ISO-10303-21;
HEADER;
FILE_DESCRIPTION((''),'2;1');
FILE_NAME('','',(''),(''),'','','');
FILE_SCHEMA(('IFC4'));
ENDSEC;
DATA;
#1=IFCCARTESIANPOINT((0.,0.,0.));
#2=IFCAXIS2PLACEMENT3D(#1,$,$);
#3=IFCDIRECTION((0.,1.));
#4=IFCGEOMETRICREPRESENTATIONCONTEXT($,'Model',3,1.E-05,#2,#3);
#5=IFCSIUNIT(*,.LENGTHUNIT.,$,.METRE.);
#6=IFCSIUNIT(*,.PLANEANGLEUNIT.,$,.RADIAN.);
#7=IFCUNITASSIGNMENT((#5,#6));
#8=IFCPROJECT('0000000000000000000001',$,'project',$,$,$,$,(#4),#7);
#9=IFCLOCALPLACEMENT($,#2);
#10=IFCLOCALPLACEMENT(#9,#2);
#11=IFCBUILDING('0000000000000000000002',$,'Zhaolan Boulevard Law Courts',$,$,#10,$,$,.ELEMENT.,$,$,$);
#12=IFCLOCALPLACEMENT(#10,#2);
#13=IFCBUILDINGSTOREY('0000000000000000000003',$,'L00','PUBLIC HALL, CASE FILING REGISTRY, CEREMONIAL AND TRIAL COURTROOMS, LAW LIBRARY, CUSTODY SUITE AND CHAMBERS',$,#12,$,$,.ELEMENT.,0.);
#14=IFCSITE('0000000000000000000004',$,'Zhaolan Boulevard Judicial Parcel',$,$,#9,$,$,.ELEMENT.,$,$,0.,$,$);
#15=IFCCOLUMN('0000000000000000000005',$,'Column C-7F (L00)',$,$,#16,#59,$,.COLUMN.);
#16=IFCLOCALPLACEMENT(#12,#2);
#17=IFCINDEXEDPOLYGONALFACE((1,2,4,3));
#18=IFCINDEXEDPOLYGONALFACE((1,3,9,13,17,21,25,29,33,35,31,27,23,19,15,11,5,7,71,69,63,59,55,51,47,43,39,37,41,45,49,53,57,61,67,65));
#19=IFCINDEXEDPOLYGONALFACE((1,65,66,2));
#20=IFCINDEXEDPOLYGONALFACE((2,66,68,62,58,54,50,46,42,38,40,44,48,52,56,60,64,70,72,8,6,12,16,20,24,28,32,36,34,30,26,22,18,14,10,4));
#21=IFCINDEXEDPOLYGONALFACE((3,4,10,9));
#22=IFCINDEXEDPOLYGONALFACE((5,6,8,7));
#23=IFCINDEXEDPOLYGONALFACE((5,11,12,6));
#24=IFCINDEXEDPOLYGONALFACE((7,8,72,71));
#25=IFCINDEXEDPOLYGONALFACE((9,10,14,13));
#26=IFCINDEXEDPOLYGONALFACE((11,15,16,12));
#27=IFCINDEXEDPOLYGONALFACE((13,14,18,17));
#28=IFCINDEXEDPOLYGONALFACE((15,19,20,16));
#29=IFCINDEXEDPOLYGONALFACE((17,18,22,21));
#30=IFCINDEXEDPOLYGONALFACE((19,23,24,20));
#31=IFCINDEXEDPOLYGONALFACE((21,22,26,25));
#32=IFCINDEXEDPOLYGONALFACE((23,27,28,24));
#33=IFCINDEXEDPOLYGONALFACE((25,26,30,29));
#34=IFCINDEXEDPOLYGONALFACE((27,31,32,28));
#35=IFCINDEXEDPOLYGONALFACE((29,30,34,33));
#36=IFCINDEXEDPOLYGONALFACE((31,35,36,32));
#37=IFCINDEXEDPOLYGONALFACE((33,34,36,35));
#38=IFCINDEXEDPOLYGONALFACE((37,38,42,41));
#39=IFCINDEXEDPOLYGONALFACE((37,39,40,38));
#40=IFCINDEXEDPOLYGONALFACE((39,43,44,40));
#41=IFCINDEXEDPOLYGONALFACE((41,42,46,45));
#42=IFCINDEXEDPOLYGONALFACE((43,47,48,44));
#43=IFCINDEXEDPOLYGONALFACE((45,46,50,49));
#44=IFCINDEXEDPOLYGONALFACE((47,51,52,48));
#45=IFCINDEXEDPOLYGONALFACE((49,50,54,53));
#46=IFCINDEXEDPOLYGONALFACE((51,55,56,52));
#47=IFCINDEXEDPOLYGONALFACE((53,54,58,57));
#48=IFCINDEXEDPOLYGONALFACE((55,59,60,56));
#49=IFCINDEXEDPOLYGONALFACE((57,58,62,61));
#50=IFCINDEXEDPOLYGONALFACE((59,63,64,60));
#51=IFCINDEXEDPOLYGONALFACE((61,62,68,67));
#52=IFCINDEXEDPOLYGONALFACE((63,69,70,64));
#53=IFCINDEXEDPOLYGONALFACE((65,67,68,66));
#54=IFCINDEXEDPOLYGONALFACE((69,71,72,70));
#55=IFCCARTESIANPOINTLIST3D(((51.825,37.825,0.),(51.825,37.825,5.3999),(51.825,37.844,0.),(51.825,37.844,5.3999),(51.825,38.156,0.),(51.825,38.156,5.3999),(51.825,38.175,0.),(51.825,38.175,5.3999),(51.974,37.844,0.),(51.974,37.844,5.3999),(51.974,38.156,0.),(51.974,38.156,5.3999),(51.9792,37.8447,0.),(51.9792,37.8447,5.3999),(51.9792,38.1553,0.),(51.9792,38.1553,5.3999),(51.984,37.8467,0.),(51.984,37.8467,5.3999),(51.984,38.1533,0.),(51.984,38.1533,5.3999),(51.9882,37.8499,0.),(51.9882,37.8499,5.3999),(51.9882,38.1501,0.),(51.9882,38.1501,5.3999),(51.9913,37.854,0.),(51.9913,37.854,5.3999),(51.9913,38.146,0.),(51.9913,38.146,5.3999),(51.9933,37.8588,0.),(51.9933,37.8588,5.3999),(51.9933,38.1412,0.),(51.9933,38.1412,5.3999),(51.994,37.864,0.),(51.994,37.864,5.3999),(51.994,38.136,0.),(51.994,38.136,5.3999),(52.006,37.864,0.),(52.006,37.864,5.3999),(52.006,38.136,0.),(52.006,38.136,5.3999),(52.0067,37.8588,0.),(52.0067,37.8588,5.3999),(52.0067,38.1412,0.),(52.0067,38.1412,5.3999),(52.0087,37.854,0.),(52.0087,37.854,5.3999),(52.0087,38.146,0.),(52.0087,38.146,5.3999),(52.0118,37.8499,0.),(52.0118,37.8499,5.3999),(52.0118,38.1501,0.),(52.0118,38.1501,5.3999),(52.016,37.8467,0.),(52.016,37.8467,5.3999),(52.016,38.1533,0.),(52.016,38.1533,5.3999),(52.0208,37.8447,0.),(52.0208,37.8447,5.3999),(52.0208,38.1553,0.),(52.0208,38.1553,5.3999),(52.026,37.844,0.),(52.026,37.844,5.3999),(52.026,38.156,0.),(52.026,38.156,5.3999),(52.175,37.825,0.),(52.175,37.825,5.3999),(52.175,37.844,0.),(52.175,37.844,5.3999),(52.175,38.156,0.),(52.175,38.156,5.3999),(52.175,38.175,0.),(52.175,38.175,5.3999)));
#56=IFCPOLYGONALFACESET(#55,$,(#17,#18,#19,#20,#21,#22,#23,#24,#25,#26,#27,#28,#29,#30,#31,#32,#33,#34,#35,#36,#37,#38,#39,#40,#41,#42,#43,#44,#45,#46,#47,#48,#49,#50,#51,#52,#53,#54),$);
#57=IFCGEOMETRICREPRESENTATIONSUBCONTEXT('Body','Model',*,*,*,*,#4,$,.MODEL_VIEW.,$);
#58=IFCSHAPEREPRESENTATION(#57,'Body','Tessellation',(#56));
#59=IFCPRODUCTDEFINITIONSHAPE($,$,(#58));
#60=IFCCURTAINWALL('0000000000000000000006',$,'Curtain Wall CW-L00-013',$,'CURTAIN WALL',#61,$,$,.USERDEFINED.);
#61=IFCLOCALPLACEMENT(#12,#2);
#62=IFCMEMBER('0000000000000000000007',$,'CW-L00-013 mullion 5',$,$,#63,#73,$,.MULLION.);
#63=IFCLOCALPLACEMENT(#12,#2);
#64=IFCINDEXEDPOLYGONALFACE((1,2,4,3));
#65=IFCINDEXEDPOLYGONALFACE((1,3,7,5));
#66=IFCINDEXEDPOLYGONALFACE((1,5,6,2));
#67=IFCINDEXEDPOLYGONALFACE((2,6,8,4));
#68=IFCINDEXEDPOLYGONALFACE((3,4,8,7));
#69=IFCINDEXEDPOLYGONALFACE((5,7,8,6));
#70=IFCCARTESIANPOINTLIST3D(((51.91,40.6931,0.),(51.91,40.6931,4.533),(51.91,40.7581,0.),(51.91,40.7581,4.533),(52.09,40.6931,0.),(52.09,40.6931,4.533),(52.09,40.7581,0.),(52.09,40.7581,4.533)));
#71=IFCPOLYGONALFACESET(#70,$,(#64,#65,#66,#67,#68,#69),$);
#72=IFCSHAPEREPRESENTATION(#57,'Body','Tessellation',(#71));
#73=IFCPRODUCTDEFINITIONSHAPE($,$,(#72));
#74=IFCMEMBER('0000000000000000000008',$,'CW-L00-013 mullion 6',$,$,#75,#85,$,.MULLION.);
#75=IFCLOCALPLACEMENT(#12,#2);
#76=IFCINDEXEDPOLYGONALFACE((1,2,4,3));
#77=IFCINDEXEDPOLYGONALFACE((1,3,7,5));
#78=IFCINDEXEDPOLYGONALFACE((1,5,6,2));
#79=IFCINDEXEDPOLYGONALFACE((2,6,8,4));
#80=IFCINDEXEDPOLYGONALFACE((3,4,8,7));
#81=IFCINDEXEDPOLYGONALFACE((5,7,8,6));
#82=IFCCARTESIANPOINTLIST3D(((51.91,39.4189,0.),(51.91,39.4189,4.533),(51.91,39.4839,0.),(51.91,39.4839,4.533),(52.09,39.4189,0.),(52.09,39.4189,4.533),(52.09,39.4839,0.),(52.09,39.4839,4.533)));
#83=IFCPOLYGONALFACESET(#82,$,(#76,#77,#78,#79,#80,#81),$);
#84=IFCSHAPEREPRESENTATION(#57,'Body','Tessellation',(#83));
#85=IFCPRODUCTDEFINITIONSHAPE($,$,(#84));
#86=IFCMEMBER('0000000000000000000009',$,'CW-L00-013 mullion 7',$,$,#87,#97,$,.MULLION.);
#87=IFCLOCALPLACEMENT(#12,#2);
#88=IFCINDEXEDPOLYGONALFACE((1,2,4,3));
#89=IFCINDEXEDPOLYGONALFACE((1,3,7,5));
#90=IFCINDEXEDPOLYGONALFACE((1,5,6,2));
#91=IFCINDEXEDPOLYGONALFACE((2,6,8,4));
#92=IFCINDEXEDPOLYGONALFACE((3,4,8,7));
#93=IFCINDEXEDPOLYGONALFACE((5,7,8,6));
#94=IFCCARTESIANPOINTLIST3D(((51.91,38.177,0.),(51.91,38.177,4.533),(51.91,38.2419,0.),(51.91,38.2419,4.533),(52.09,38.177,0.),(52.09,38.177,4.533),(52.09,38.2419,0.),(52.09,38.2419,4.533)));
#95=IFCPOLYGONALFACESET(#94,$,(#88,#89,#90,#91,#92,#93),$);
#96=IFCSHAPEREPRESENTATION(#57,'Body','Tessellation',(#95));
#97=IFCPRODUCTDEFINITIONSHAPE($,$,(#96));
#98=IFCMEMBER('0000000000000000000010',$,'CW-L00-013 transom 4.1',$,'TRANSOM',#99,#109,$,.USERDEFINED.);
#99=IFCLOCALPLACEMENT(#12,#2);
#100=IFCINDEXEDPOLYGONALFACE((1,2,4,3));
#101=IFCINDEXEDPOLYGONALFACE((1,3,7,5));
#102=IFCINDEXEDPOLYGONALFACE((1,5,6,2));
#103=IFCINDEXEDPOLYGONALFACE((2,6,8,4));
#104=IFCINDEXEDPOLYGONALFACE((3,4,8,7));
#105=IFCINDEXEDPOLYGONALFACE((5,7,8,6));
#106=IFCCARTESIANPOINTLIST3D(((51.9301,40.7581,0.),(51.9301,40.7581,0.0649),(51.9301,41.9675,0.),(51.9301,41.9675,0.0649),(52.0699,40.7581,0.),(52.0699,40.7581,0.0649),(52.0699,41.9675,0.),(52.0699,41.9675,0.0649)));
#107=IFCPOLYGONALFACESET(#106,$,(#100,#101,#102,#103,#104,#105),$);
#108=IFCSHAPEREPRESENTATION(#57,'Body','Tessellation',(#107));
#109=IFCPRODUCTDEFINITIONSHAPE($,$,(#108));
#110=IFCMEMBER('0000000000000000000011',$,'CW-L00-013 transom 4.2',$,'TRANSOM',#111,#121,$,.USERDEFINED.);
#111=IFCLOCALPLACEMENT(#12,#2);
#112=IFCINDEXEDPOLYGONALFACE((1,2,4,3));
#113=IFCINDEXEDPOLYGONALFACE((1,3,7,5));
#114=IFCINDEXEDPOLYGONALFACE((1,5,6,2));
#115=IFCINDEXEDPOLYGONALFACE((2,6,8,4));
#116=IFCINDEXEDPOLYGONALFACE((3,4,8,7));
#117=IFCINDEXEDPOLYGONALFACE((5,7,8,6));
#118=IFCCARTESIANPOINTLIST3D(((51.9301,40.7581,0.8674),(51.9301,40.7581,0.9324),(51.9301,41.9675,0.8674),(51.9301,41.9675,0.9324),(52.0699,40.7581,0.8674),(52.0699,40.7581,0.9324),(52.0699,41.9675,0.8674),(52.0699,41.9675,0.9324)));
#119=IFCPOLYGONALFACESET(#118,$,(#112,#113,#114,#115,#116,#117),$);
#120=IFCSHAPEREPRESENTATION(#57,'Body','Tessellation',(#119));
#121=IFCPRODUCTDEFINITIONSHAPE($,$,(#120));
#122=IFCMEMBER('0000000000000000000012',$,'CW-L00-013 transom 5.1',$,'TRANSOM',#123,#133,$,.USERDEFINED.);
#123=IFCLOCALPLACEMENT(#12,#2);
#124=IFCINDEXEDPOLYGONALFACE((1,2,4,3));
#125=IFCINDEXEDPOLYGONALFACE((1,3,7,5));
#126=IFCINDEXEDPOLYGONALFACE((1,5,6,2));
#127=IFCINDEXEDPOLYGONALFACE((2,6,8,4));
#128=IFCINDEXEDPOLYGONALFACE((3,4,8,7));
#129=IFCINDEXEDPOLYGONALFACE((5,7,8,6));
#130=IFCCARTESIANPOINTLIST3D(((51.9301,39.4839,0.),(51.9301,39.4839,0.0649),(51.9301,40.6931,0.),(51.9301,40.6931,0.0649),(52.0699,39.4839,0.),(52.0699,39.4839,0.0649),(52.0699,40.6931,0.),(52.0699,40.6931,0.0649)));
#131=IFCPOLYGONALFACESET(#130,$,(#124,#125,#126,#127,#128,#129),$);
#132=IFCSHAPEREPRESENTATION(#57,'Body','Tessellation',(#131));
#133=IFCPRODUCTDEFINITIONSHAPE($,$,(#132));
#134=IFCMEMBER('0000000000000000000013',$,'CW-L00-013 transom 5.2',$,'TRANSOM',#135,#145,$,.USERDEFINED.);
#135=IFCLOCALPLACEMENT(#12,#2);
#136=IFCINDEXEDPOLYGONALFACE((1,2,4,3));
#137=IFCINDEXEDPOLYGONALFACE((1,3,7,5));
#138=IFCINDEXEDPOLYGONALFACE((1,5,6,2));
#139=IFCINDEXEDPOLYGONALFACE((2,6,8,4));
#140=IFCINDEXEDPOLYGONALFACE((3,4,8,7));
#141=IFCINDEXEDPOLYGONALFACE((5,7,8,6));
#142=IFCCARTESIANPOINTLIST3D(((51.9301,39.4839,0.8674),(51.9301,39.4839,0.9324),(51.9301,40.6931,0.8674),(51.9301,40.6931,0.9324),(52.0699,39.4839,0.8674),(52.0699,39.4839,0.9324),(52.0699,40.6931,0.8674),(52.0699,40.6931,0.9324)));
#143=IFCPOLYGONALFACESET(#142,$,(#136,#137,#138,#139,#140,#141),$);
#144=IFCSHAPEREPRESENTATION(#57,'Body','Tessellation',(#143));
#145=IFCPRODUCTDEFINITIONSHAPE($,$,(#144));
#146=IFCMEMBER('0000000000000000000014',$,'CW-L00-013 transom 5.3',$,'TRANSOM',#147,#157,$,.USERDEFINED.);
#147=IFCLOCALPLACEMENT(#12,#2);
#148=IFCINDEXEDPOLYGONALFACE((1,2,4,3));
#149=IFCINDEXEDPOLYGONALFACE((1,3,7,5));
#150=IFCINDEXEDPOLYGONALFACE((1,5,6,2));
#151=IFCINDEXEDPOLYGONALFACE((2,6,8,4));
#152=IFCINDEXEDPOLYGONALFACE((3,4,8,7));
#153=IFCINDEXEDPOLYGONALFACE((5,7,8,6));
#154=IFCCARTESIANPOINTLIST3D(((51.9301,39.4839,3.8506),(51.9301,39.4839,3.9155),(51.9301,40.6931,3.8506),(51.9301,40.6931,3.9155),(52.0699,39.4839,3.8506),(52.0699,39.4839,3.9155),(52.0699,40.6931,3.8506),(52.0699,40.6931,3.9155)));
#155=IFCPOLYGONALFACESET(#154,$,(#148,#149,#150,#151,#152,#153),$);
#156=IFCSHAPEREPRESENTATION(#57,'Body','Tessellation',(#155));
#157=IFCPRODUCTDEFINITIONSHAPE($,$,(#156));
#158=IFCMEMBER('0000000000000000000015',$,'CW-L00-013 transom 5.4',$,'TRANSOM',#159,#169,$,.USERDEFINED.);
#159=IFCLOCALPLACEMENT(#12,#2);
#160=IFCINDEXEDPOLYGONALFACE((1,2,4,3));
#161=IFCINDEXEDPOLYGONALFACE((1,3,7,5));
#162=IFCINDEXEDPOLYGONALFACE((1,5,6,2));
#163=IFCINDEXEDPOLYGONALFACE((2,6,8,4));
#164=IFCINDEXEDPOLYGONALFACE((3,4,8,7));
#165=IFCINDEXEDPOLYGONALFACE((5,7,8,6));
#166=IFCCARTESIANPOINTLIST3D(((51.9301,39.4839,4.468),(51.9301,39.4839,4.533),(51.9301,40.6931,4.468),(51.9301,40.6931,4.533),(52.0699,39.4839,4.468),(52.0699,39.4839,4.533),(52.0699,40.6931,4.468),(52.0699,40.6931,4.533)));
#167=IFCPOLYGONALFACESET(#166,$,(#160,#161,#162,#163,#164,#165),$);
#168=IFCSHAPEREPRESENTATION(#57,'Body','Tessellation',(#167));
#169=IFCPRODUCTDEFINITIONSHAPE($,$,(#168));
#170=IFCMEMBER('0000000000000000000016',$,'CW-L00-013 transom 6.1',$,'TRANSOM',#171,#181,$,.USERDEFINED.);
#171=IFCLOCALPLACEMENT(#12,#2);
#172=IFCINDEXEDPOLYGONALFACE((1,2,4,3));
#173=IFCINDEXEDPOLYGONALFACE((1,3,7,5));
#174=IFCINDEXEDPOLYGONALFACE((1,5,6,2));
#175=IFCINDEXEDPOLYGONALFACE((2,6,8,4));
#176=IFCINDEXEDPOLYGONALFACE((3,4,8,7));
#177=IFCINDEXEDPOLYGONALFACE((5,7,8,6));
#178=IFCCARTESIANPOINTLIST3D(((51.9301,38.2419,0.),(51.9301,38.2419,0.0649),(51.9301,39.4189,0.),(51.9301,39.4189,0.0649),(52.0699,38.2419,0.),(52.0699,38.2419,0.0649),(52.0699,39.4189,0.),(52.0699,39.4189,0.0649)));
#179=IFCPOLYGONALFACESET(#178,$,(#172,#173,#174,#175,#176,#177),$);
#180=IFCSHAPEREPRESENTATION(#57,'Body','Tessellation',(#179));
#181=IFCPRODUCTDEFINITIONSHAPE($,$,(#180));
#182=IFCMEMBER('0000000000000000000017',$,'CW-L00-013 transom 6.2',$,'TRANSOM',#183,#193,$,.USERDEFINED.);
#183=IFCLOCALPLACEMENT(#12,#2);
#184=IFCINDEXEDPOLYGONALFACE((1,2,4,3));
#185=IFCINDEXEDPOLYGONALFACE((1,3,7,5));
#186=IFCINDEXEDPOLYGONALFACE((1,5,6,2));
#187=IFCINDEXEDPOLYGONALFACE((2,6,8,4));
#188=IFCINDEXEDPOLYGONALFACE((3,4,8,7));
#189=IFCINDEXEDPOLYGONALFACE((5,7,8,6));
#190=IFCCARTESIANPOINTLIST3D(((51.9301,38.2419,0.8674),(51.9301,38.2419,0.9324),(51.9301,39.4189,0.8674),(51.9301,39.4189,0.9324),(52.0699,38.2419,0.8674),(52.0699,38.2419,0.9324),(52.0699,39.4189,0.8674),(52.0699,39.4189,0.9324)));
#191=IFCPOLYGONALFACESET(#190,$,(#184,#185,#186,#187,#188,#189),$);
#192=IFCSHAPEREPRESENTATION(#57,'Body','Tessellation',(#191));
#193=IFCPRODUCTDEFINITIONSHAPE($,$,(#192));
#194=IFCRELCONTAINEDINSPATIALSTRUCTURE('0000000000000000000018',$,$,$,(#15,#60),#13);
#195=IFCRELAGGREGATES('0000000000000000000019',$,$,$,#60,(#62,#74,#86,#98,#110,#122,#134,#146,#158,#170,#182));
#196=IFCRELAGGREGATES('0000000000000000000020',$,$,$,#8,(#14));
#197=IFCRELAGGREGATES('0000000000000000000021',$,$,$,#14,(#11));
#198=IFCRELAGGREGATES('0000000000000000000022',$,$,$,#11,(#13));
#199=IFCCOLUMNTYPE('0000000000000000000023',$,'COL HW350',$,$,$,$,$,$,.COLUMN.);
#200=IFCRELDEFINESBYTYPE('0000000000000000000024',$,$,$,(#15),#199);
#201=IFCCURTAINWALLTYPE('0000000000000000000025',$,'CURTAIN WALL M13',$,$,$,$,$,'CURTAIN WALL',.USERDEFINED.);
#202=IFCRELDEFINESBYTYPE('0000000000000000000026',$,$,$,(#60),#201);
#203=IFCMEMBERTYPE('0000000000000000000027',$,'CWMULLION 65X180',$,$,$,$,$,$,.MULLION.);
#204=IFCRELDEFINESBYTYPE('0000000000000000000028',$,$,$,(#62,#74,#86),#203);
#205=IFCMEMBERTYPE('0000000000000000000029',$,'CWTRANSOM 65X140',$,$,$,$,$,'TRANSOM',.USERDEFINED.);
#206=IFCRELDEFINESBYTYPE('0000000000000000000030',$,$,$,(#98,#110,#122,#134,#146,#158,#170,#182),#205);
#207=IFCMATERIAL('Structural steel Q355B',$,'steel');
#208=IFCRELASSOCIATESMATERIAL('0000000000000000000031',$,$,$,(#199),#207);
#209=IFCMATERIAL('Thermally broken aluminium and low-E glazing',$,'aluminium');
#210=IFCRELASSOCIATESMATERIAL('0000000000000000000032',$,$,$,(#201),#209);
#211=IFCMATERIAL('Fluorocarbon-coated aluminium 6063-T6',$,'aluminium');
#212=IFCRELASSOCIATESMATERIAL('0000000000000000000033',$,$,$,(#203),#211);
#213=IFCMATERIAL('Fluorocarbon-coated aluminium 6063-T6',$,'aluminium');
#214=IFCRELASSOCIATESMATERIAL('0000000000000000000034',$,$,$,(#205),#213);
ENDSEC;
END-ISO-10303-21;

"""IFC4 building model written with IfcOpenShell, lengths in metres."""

from ifc_helpers import new_model, si_unit, direction, frame, origin, origin_2d, place, context, subcontext, project, spatial, rectangle, i_section, extrude, material, material_profile, profile_set, type_object, element, aggregate, save


model = new_model("IFC4")

# Units and contexts
model_context = context("Model", 3, precision=1e-05, world=origin(), true_north=direction((0.0, 1.0)))
body_context = subcontext(model_context, "Body", "Model", "MODEL_VIEW")
ifc_project = project(units=[si_unit("LENGTHUNIT", "METRE"), si_unit("PLANEANGLEUNIT", "RADIAN")], contexts=[model_context])

# Site, building, storey
site_placement = place(None, origin())
site = spatial("IfcSite", under=ifc_project, at=site_placement, Name="Zhaolan Boulevard Judicial Parcel", CompositionType="ELEMENT", RefElevation=0.0)
building_placement = place(site_placement, origin())
building = spatial("IfcBuilding", under=site, at=building_placement, Name="Zhaolan Boulevard Law Courts", CompositionType="ELEMENT")
storey_placement = place(building_placement, origin())
storey = spatial("IfcBuildingStorey", under=building, at=storey_placement, Name="L00", Description="PUBLIC HALL, CASE FILING REGISTRY, CEREMONIAL AND TRIAL COURTROOMS, LAW LIBRARY, CUSTODY SUITE AND CHAMBERS", CompositionType="ELEMENT", Elevation=0.0)

# Column
ifc_material_1 = material(Name="Structural steel Q355B", Category="steel")
ifc_material_profile_1 = material_profile(ifc_material_1, i_section(OverallWidth=0.3501, OverallDepth=0.3501, WebThickness=0.012, FlangeThickness=0.019, FilletRadius=0.02, at=origin_2d()), Name="HW350x350")
ifc_profile_set_1 = profile_set([ifc_material_profile_1], Name="Structural steel Q355B")
column_type = type_object("IfcColumnType", Name="COL HW350", PredefinedType="COLUMN", material=ifc_profile_set_1)
column_placement = place(storey_placement, frame((52.0, 38.0, 0.0), z_axis=(0.0, 0.0, 1.0), x_axis=(1.0, 0.0, 0.0)))
element("IfcColumn", 1, at=column_placement, inside=storey, type_object=column_type, Name="Column C-7F (L00)", PredefinedType="COLUMN", context=body_context, shape_type="SweptSolid", body=[
    extrude(i_section(OverallWidth=0.3501, OverallDepth=0.3501, WebThickness=0.012, FlangeThickness=0.019, FilletRadius=0.02, at=origin_2d()), origin(), (0.0, 0.0, 1.0), 5.3999),
])

# Curtain wall, members
ifc_material_2 = material(Name="Thermally broken aluminium and low-E glazing", Category="aluminium")
curtain_wall_type = type_object("IfcCurtainWallType", Name="CURTAIN WALL M13", ElementType="CURTAIN WALL", PredefinedType="USERDEFINED", material=ifc_material_2)
curtain_wall_placement = place(storey_placement, origin())
curtain_wall = element("IfcCurtainWall", 2, at=curtain_wall_placement, inside=storey, type_object=curtain_wall_type, Name="Curtain Wall CW-L00-013", ObjectType="CURTAIN WALL", PredefinedType="USERDEFINED")
ifc_material_3 = material(Name="Fluorocarbon-coated aluminium 6063-T6", Category="aluminium")
ifc_material_profile_2 = material_profile(ifc_material_3, rectangle(XDim=0.1799, YDim=0.0649, at=origin_2d()), Name="AL65x180")
ifc_profile_set_2 = profile_set([ifc_material_profile_2], Name="Fluorocarbon-coated aluminium 6063-T6")
member_type_1 = type_object("IfcMemberType", Name="CWMULLION 65X180", PredefinedType="MULLION", material=ifc_profile_set_2)
member_1_placement = place(storey_placement, frame((52.0, 40.7256, 0.0), z_axis=(0.0, 0.0, 1.0), x_axis=(1.0, 0.0, 0.0)))
member_1 = element("IfcMember", 3, at=member_1_placement, type_object=member_type_1, Name="CW-L00-013 mullion 5", PredefinedType="MULLION", context=body_context, shape_type="SweptSolid", body=[
    extrude(rectangle(XDim=0.1799, YDim=0.0649, at=origin_2d()), origin(), (0.0, 0.0, 1.0), 4.533),
])
member_2_placement = place(storey_placement, frame((52.0, 39.4514, 0.0), z_axis=(0.0, 0.0, 1.0), x_axis=(1.0, 0.0, 0.0)))
member_2 = element("IfcMember", 4, at=member_2_placement, type_object=member_type_1, Name="CW-L00-013 mullion 6", PredefinedType="MULLION", context=body_context, shape_type="SweptSolid", body=[
    extrude(rectangle(XDim=0.1799, YDim=0.0649, at=origin_2d()), origin(), (0.0, 0.0, 1.0), 4.533),
])
member_3_placement = place(storey_placement, frame((52.0, 38.2095, 0.0), z_axis=(0.0, 0.0, 1.0), x_axis=(1.0, 0.0, 0.0)))
member_3 = element("IfcMember", 5, at=member_3_placement, type_object=member_type_1, Name="CW-L00-013 mullion 7", PredefinedType="MULLION", context=body_context, shape_type="SweptSolid", body=[
    extrude(rectangle(XDim=0.1799, YDim=0.0649, at=origin_2d()), origin(), (0.0, 0.0, 1.0), 4.533),
])
ifc_material_4 = material(Name="Fluorocarbon-coated aluminium 6063-T6", Category="aluminium")
ifc_material_profile_3 = material_profile(ifc_material_4, rectangle(XDim=0.1399, YDim=0.0649, at=origin_2d()), Name="AL65x140")
ifc_profile_set_3 = profile_set([ifc_material_profile_3], Name="Fluorocarbon-coated aluminium 6063-T6")
member_type_2 = type_object("IfcMemberType", Name="CWTRANSOM 65X140", ElementType="TRANSOM", PredefinedType="USERDEFINED", material=ifc_profile_set_3)
member_4_placement = place(storey_placement, frame((52.0, 41.9675, 0.0325), z_axis=(0.0, -1.0, 0.0), x_axis=(1.0, 0.0, 0.0)))
member_4 = element("IfcMember", 6, at=member_4_placement, type_object=member_type_2, Name="CW-L00-013 transom 4.1", ObjectType="TRANSOM", PredefinedType="USERDEFINED", context=body_context, shape_type="SweptSolid", body=[
    extrude(rectangle(XDim=0.1399, YDim=0.0649, at=origin_2d()), origin(), (0.0, 0.0, 1.0), 1.2095),
])
member_5_placement = place(storey_placement, frame((52.0, 41.9675, 0.8999), z_axis=(0.0, -1.0, 0.0), x_axis=(1.0, 0.0, 0.0)))
member_5 = element("IfcMember", 7, at=member_5_placement, type_object=member_type_2, Name="CW-L00-013 transom 4.2", ObjectType="TRANSOM", PredefinedType="USERDEFINED", context=body_context, shape_type="SweptSolid", body=[
    extrude(rectangle(XDim=0.1399, YDim=0.0649, at=origin_2d()), origin(), (0.0, 0.0, 1.0), 1.2095),
])
member_6_placement = place(storey_placement, frame((52.0, 40.6931, 0.0325), z_axis=(0.0, -1.0, 0.0), x_axis=(1.0, 0.0, 0.0)))
member_6 = element("IfcMember", 8, at=member_6_placement, type_object=member_type_2, Name="CW-L00-013 transom 5.1", ObjectType="TRANSOM", PredefinedType="USERDEFINED", context=body_context, shape_type="SweptSolid", body=[
    extrude(rectangle(XDim=0.1399, YDim=0.0649, at=origin_2d()), origin(), (0.0, 0.0, 1.0), 1.2092),
])
member_7_placement = place(storey_placement, frame((52.0, 40.6931, 0.8999), z_axis=(0.0, -1.0, 0.0), x_axis=(1.0, 0.0, 0.0)))
member_7 = element("IfcMember", 9, at=member_7_placement, type_object=member_type_2, Name="CW-L00-013 transom 5.2", ObjectType="TRANSOM", PredefinedType="USERDEFINED", context=body_context, shape_type="SweptSolid", body=[
    extrude(rectangle(XDim=0.1399, YDim=0.0649, at=origin_2d()), origin(), (0.0, 0.0, 1.0), 1.2092),
])
member_8_placement = place(storey_placement, frame((52.0, 40.6931, 3.8831), z_axis=(0.0, -1.0, 0.0), x_axis=(1.0, 0.0, 0.0)))
member_8 = element("IfcMember", 10, at=member_8_placement, type_object=member_type_2, Name="CW-L00-013 transom 5.3", ObjectType="TRANSOM", PredefinedType="USERDEFINED", context=body_context, shape_type="SweptSolid", body=[
    extrude(rectangle(XDim=0.1399, YDim=0.0649, at=origin_2d()), origin(), (0.0, 0.0, 1.0), 1.2092),
])
member_9_placement = place(storey_placement, frame((52.0, 40.6931, 4.5005), z_axis=(0.0, -1.0, 0.0), x_axis=(1.0, 0.0, 0.0)))
member_9 = element("IfcMember", 11, at=member_9_placement, type_object=member_type_2, Name="CW-L00-013 transom 5.4", ObjectType="TRANSOM", PredefinedType="USERDEFINED", context=body_context, shape_type="SweptSolid", body=[
    extrude(rectangle(XDim=0.1399, YDim=0.0649, at=origin_2d()), origin(), (0.0, 0.0, 1.0), 1.2092),
])
member_10_placement = place(storey_placement, frame((52.0, 39.4189, 0.0325), z_axis=(0.0, -1.0, 0.0), x_axis=(1.0, 0.0, 0.0)))
member_10 = element("IfcMember", 12, at=member_10_placement, type_object=member_type_2, Name="CW-L00-013 transom 6.1", ObjectType="TRANSOM", PredefinedType="USERDEFINED", context=body_context, shape_type="SweptSolid", body=[
    extrude(rectangle(XDim=0.1399, YDim=0.0649, at=origin_2d()), origin(), (0.0, 0.0, 1.0), 1.177),
])
member_11_placement = place(storey_placement, frame((52.0, 39.4189, 0.8999), z_axis=(0.0, -1.0, 0.0), x_axis=(1.0, 0.0, 0.0)))
member_11 = element("IfcMember", 13, at=member_11_placement, type_object=member_type_2, Name="CW-L00-013 transom 6.2", ObjectType="TRANSOM", PredefinedType="USERDEFINED", context=body_context, shape_type="SweptSolid", body=[
    extrude(rectangle(XDim=0.1399, YDim=0.0649, at=origin_2d()), origin(), (0.0, 0.0, 1.0), 1.177),
])

aggregate(curtain_wall, [member_1, member_2, member_3, member_4, member_5, member_6, member_7, member_8, member_9, member_10, member_11])

save(model, "model.ifc")
